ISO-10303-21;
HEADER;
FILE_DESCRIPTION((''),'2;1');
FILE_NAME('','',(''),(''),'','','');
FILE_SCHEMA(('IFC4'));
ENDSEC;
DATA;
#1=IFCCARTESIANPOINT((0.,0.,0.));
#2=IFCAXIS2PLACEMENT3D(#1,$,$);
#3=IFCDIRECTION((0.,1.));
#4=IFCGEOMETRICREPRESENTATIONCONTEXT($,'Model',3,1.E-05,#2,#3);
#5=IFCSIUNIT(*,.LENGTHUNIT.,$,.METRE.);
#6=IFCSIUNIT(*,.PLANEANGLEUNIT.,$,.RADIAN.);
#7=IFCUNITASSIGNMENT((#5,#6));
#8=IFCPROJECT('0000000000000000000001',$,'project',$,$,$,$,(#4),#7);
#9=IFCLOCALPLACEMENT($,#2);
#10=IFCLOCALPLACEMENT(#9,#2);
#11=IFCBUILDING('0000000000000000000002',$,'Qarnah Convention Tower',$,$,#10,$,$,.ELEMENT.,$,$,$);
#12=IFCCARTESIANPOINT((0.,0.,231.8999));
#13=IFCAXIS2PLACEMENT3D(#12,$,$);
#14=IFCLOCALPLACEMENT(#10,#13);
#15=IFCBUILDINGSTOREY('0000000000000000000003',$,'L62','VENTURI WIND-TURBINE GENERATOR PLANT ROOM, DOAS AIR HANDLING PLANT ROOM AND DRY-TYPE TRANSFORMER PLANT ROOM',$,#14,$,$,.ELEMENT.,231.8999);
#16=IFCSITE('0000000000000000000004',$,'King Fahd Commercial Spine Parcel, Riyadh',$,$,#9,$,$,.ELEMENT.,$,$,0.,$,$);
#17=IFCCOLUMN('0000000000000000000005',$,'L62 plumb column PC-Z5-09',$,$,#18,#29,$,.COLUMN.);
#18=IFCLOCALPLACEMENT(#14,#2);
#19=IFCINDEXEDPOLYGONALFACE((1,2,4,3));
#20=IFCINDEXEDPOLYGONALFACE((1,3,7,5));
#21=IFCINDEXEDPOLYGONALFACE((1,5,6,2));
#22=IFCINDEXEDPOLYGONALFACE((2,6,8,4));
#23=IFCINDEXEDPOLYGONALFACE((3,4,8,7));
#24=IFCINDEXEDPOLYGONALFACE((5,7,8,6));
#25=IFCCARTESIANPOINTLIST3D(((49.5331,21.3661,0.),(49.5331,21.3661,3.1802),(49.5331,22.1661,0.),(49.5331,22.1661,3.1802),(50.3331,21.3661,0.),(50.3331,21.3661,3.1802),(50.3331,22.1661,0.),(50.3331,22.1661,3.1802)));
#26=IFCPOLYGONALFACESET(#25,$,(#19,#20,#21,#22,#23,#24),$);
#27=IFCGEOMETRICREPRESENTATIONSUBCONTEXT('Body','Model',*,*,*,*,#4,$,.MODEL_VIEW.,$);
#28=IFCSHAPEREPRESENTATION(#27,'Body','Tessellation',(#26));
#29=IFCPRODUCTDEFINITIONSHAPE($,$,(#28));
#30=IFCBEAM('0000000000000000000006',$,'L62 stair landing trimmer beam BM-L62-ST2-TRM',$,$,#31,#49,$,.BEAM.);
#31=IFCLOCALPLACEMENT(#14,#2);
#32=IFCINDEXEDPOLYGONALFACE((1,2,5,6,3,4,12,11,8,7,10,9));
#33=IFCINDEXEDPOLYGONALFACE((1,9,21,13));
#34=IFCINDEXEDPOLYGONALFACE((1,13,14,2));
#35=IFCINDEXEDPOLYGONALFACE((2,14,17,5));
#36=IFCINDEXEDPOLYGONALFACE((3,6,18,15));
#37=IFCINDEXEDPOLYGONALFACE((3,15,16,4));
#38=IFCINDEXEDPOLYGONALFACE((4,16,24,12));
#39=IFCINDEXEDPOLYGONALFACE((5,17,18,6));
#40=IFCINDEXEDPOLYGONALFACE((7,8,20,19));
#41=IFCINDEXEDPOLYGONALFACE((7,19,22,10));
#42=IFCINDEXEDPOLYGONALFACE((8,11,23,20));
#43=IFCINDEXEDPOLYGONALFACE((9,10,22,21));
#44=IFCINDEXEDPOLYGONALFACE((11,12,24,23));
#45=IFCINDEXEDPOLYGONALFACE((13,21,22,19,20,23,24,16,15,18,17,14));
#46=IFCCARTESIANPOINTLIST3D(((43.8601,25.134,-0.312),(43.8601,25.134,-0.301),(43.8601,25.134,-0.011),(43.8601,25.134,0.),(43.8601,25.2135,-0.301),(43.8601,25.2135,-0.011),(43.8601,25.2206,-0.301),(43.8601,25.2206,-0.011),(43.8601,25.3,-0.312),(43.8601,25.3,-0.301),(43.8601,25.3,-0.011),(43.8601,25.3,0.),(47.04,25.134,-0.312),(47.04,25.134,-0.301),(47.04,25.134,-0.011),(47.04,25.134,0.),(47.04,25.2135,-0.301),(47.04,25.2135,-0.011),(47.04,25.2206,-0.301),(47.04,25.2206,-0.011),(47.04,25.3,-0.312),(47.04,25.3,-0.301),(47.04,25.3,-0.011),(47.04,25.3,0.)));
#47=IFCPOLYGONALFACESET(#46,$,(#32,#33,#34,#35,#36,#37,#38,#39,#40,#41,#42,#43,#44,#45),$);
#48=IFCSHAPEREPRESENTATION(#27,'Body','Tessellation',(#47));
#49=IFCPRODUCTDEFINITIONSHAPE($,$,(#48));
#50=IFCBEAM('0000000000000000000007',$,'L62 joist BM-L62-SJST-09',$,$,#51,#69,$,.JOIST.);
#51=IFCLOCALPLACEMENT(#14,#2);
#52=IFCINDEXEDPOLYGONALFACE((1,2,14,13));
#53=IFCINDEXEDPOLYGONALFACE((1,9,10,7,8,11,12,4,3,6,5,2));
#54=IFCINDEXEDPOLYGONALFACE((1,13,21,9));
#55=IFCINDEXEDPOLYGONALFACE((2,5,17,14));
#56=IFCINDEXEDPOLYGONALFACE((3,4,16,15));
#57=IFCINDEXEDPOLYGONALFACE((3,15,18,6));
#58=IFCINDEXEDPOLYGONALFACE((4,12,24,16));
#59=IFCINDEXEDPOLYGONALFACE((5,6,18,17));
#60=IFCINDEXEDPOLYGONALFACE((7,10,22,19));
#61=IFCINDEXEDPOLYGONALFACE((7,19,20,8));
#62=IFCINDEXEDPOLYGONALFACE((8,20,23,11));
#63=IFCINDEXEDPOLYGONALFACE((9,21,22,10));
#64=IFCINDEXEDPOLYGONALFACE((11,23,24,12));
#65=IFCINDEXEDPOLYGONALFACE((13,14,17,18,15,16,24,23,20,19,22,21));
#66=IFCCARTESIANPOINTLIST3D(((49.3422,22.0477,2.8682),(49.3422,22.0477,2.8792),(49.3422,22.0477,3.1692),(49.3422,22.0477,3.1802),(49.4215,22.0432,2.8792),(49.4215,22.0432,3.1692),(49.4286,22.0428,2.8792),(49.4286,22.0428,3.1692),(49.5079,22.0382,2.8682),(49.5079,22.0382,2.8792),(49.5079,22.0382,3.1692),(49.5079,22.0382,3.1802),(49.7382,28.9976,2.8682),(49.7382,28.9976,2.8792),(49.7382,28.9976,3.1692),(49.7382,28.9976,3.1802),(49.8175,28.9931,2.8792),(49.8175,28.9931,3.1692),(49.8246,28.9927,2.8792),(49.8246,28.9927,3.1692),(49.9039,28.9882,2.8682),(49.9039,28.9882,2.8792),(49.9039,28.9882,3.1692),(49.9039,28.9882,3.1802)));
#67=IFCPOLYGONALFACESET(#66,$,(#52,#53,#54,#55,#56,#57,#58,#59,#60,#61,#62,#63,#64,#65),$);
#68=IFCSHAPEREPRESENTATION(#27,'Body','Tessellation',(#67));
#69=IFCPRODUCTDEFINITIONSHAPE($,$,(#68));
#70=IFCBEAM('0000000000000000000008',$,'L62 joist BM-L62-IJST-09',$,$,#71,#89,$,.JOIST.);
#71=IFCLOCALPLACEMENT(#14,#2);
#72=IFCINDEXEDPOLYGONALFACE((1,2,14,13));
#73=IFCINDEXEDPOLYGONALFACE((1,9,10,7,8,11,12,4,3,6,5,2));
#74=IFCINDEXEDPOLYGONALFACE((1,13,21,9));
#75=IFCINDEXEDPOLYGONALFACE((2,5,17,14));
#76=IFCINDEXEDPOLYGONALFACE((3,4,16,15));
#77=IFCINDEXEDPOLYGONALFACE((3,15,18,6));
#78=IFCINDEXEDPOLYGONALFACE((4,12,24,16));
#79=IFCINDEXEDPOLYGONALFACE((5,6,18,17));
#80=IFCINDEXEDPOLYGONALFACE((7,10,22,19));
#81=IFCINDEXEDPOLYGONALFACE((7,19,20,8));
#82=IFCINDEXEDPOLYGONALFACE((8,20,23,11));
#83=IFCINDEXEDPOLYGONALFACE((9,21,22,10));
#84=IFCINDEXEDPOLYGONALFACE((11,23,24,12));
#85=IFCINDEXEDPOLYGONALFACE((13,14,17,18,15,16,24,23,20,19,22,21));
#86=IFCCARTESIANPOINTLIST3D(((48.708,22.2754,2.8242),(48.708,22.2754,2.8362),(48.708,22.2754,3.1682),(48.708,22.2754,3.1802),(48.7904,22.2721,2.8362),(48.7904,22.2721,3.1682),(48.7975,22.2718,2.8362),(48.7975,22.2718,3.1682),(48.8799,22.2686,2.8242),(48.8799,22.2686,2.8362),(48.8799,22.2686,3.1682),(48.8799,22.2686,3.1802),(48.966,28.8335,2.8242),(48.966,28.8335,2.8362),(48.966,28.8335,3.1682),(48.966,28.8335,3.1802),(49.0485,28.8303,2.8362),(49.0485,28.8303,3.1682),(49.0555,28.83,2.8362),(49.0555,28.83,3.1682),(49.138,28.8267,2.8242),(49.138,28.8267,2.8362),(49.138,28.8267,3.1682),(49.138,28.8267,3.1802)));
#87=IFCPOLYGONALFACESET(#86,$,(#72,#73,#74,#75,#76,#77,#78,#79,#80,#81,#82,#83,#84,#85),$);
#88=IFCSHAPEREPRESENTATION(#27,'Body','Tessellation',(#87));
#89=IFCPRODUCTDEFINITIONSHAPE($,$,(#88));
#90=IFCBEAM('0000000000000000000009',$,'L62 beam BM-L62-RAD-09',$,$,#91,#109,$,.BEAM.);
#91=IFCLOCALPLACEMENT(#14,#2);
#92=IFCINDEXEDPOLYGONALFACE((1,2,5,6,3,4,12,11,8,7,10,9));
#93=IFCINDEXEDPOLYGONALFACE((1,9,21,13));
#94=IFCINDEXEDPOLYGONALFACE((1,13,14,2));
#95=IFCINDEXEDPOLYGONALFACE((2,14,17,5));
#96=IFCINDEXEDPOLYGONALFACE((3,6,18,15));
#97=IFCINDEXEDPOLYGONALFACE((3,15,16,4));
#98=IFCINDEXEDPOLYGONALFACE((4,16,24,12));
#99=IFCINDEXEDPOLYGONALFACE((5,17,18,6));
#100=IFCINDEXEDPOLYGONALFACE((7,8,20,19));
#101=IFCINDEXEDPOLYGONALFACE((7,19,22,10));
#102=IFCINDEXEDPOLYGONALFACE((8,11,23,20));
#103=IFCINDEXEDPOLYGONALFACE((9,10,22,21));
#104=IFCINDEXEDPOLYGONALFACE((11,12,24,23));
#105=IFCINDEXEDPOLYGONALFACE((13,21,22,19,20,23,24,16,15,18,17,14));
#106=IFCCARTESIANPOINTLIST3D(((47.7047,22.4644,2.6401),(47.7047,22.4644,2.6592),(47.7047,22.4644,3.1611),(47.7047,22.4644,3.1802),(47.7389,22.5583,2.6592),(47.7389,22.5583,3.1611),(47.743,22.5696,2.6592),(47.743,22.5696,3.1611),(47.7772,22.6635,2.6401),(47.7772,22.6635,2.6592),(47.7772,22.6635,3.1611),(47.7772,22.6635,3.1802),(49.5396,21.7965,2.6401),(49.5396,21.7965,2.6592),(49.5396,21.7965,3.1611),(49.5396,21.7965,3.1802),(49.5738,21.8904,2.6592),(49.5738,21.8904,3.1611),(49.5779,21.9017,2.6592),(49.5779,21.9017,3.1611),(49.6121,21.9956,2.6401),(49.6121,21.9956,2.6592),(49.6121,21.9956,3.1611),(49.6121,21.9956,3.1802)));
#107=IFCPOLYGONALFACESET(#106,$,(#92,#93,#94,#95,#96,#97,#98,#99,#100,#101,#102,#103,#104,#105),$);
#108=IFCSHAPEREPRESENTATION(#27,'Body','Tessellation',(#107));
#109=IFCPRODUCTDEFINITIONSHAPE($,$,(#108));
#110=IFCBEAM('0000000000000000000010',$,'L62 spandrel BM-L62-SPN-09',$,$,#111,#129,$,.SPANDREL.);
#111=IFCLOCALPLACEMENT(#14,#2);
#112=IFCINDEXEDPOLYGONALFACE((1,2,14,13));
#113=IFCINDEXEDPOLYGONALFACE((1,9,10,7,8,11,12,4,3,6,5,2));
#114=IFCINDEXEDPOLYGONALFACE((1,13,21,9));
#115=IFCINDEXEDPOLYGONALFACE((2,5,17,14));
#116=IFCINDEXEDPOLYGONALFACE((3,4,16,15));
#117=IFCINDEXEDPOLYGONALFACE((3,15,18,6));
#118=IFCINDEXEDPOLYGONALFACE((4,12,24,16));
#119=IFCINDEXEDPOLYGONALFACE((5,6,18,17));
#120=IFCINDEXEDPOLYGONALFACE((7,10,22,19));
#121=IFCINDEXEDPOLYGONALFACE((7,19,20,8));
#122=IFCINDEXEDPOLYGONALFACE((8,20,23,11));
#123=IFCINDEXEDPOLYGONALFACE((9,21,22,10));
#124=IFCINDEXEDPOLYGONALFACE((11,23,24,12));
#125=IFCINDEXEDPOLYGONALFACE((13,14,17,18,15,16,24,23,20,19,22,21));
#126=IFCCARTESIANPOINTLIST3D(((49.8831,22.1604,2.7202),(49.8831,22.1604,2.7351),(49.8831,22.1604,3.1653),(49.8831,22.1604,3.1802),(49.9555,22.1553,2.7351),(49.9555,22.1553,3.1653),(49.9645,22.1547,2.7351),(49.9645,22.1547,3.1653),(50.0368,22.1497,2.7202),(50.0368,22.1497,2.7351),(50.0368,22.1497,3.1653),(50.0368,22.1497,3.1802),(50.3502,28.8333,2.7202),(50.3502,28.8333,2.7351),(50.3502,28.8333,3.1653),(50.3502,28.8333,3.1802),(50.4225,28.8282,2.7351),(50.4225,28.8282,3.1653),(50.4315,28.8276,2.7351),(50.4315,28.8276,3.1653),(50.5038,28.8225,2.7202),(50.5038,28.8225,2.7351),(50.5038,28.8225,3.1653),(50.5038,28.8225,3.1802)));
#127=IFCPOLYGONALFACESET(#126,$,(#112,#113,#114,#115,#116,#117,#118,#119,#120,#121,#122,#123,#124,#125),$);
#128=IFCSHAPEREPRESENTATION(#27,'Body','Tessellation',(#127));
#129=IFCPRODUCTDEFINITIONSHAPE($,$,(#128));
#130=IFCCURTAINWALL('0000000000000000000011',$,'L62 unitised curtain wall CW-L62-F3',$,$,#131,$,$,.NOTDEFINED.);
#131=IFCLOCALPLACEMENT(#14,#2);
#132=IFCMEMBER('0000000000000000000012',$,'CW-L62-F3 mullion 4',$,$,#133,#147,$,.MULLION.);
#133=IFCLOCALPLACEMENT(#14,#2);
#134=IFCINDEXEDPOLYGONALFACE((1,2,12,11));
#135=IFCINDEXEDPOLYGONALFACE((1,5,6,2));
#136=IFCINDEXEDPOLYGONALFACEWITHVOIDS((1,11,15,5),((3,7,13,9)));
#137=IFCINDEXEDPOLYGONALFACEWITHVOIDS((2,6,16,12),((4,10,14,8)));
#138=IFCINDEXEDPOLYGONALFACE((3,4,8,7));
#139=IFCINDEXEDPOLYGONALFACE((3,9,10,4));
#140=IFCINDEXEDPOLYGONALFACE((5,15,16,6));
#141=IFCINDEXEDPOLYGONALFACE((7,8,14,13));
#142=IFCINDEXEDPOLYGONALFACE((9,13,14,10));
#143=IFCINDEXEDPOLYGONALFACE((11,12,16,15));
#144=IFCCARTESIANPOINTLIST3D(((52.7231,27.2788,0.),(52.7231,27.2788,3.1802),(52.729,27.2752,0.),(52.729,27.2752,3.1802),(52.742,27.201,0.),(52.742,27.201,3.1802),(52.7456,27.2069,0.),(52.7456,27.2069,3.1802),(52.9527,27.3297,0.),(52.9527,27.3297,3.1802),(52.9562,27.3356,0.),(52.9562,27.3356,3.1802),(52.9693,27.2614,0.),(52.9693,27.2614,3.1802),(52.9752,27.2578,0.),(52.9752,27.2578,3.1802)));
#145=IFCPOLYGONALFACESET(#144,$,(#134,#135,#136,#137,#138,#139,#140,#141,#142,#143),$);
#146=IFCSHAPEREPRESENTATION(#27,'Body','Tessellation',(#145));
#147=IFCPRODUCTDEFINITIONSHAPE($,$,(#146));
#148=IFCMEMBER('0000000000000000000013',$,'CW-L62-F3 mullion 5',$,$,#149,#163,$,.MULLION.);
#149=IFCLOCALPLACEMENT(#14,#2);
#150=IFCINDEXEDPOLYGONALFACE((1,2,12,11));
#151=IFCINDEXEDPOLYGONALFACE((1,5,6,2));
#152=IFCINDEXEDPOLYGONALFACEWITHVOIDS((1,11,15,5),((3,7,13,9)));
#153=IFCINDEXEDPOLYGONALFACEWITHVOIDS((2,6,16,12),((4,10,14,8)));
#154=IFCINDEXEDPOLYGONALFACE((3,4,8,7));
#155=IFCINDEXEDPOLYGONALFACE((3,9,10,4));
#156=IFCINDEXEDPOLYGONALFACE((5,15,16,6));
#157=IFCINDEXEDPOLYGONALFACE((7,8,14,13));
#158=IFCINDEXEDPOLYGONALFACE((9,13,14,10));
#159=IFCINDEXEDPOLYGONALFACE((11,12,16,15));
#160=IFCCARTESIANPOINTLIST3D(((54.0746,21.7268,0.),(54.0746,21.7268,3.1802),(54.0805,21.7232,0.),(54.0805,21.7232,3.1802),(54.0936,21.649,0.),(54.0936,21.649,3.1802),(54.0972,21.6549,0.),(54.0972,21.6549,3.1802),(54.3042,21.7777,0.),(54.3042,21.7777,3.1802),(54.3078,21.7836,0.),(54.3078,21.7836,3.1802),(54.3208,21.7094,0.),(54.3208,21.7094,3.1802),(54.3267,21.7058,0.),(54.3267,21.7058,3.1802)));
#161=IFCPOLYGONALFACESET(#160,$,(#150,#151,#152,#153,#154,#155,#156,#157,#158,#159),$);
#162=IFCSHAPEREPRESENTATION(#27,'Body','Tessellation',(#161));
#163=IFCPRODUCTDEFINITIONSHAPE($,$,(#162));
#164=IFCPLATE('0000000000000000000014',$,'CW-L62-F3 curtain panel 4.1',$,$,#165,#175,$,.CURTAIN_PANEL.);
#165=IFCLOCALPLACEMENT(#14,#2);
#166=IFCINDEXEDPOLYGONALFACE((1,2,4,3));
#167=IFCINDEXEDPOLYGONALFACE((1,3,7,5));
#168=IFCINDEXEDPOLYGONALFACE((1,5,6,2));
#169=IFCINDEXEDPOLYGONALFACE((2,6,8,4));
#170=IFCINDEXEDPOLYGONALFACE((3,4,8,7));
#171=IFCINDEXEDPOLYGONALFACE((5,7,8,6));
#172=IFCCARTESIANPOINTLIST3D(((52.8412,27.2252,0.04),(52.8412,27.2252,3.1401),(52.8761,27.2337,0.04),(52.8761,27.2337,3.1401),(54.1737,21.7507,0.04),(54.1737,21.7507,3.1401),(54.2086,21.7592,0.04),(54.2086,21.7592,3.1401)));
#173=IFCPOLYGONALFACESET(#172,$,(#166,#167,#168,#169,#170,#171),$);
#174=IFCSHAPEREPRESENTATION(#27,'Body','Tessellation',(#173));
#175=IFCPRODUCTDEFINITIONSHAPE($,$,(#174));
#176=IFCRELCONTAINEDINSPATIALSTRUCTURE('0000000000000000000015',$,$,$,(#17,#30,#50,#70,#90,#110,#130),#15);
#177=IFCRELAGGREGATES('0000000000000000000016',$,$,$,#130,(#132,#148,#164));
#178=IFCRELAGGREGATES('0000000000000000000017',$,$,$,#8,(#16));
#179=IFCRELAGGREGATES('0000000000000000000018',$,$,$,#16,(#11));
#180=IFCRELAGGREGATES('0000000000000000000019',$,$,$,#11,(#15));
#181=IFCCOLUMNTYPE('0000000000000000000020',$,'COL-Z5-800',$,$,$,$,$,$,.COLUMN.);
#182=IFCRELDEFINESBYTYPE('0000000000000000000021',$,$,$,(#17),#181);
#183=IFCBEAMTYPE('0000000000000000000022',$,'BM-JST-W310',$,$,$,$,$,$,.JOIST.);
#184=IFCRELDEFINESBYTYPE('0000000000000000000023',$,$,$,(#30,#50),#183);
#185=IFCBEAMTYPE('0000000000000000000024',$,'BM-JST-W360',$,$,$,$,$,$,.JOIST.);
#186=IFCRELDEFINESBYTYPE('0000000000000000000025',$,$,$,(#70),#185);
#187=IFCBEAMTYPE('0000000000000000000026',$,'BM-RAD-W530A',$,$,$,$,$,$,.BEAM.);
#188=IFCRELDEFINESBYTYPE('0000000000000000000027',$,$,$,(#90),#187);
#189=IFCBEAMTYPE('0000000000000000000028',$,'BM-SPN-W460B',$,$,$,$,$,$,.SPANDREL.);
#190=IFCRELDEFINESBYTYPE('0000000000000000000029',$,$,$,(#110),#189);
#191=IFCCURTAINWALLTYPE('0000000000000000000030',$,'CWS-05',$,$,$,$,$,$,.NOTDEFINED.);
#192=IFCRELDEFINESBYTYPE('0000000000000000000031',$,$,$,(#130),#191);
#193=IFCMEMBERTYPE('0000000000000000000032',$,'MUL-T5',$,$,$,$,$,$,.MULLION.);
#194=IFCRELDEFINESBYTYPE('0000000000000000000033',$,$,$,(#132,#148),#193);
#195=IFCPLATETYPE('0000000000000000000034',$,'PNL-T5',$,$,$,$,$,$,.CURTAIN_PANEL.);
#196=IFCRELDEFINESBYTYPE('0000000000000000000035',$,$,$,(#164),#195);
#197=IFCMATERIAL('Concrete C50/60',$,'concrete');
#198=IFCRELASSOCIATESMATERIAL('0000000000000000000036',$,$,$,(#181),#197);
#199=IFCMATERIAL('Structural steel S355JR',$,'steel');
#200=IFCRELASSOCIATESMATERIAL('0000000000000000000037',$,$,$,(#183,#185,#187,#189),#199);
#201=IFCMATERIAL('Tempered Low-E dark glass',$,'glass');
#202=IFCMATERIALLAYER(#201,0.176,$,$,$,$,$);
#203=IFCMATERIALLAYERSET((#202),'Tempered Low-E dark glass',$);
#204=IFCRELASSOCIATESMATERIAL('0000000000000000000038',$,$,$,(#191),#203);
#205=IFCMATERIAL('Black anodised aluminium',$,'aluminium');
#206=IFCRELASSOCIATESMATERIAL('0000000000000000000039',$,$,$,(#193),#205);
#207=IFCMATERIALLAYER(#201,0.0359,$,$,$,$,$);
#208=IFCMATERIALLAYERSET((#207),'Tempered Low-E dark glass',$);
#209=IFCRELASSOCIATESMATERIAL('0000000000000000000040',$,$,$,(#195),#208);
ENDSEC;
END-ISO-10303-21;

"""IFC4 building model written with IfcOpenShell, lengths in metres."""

from ifc_helpers import new_model, si_unit, direction, frame, origin, origin_2d, place, context, subcontext, project, spatial, rectangle, hollow_rectangle, i_section, extrude, material, layer, layer_set, material_profile, profile_set, type_object, element, aggregate, save


model = new_model("IFC4")

# Units and contexts
model_context = context("Model", 3, precision=1e-05, world=origin(), true_north=direction((0.0, 1.0)))
body_context = subcontext(model_context, "Body", "Model", "MODEL_VIEW")
ifc_project = project(units=[si_unit("LENGTHUNIT", "METRE"), si_unit("PLANEANGLEUNIT", "RADIAN")], contexts=[model_context])

# Site, building, storey
site_placement = place(None, origin())
site = spatial("IfcSite", under=ifc_project, at=site_placement, Name="King Fahd Commercial Spine Parcel, Riyadh", CompositionType="ELEMENT", RefElevation=0.0)
building_placement = place(site_placement, origin())
building = spatial("IfcBuilding", under=site, at=building_placement, Name="Qarnah Convention Tower", CompositionType="ELEMENT")
storey_placement = place(building_placement, frame((0.0, 0.0, 231.8999)))
storey = spatial("IfcBuildingStorey", under=building, at=storey_placement, Name="L62", Description="VENTURI WIND-TURBINE GENERATOR PLANT ROOM, DOAS AIR HANDLING PLANT ROOM AND DRY-TYPE TRANSFORMER PLANT ROOM", CompositionType="ELEMENT", Elevation=231.8999)

# Column
ifc_material_1 = material(Name="Concrete C50/60", Category="concrete")
ifc_material_profile_1 = material_profile(ifc_material_1, rectangle(XDim=0.8, YDim=0.8, at=origin_2d()), Name="RC-COL-800X800")
ifc_profile_set_1 = profile_set([ifc_material_profile_1], Name="Concrete C50/60")
column_type = type_object("IfcColumnType", Name="COL-Z5-800", PredefinedType="COLUMN", material=ifc_profile_set_1)
column_placement = place(storey_placement, frame((49.9331, 21.7661, 0.0), z_axis=(0.0, 0.0, 1.0), x_axis=(1.0, 0.0, 0.0)))
element("IfcColumn", 1, at=column_placement, inside=storey, type_object=column_type, Name="L62 plumb column PC-Z5-09", PredefinedType="COLUMN", context=body_context, shape_type="SweptSolid", body=[
    extrude(rectangle(XDim=0.8, YDim=0.8, at=origin_2d()), origin(), (0.0, 0.0, 1.0), 3.1802),
])

# Beams
ifc_material_2 = material(Name="Structural steel S355JR", Category="steel")
ifc_material_profile_2 = material_profile(ifc_material_2, i_section(OverallWidth=0.166, OverallDepth=0.312, WebThickness=0.0071, FlangeThickness=0.011, at=origin_2d()), Name="W310X45")
ifc_profile_set_2 = profile_set([ifc_material_profile_2], Name="Structural steel S355JR")
beam_type_1 = type_object("IfcBeamType", Name="BM-JST-W310", PredefinedType="JOIST", material=ifc_profile_set_2)
beam_1_placement = place(storey_placement, frame((43.8601, 25.217, -0.156), z_axis=(1.0, 0.0, 0.0), x_axis=(0.0, 1.0, 0.0)))
element("IfcBeam", 2, at=beam_1_placement, inside=storey, type_object=beam_type_1, Name="L62 stair landing trimmer beam BM-L62-ST2-TRM", PredefinedType="BEAM", context=body_context, shape_type="SweptSolid", body=[
    extrude(i_section(OverallWidth=0.166, OverallDepth=0.312, WebThickness=0.0071, FlangeThickness=0.011, at=origin_2d()), origin(), (0.0, 0.0, 1.0), 3.1799),
])
beam_2_placement = place(storey_placement, frame((49.425, 22.043, 3.0242), z_axis=(0.056886, 0.998381, 0.0), x_axis=(-0.998381, 0.056886, 0.0)))
element("IfcBeam", 3, at=beam_2_placement, inside=storey, type_object=beam_type_1, Name="L62 joist BM-L62-SJST-09", PredefinedType="JOIST", context=body_context, shape_type="SweptSolid", body=[
    extrude(i_section(OverallWidth=0.166, OverallDepth=0.312, WebThickness=0.0071, FlangeThickness=0.011, at=origin_2d()), origin(), (0.0, 0.0, 1.0), 6.9612),
])
ifc_material_profile_3 = material_profile(ifc_material_2, i_section(OverallWidth=0.1721, OverallDepth=0.356, WebThickness=0.0071, FlangeThickness=0.012, at=origin_2d()), Name="W360X51")
ifc_profile_set_3 = profile_set([ifc_material_profile_3], Name="Structural steel S355JR")
beam_type_2 = type_object("IfcBeamType", Name="BM-JST-W360", PredefinedType="JOIST", material=ifc_profile_set_3)
beam_3_placement = place(storey_placement, frame((48.7939, 22.272, 3.0022), z_axis=(0.039319, 0.999227, 0.0), x_axis=(-0.999227, 0.039319, 0.0)))
element("IfcBeam", 4, at=beam_3_placement, inside=storey, type_object=beam_type_2, Name="L62 joist BM-L62-IJST-09", PredefinedType="JOIST", context=body_context, shape_type="SweptSolid", body=[
    extrude(i_section(OverallWidth=0.1721, OverallDepth=0.356, WebThickness=0.0071, FlangeThickness=0.012, at=origin_2d()), origin(), (0.0, 0.0, 1.0), 6.5632),
])
ifc_material_profile_4 = material_profile(ifc_material_2, i_section(OverallWidth=0.2119, OverallDepth=0.54, WebThickness=0.012, FlangeThickness=0.019, at=origin_2d()), Name="W530X109")
ifc_profile_set_4 = profile_set([ifc_material_profile_4], Name="Structural steel S355JR")
beam_type_3 = type_object("IfcBeamType", Name="BM-RAD-W530A", PredefinedType="BEAM", material=ifc_profile_set_4)
beam_4_placement = place(storey_placement, frame((47.741, 22.564, 2.9102), z_axis=(0.939677, -0.342064, 0.0), x_axis=(0.342064, 0.939677, 0.0)))
element("IfcBeam", 5, at=beam_4_placement, inside=storey, type_object=beam_type_3, Name="L62 beam BM-L62-RAD-09", PredefinedType="BEAM", context=body_context, shape_type="SweptSolid", body=[
    extrude(i_section(OverallWidth=0.2119, OverallDepth=0.54, WebThickness=0.012, FlangeThickness=0.019, at=origin_2d()), origin(), (0.0, 0.0, 1.0), 1.9526),
])
ifc_material_profile_5 = material_profile(ifc_material_2, i_section(OverallWidth=0.1541, OverallDepth=0.46, WebThickness=0.009, FlangeThickness=0.0149, at=origin_2d()), Name="W460X68")
ifc_profile_set_5 = profile_set([ifc_material_profile_5], Name="Structural steel S355JR")
beam_type_4 = type_object("IfcBeamType", Name="BM-SPN-W460B", PredefinedType="SPANDREL", material=ifc_profile_set_5)
beam_5_placement = place(storey_placement, frame((49.96, 22.155, 2.9502), z_axis=(0.06982, 0.99756, 0.0), x_axis=(-0.99756, 0.06982, 0.0)))
element("IfcBeam", 6, at=beam_5_placement, inside=storey, type_object=beam_type_4, Name="L62 spandrel BM-L62-SPN-09", PredefinedType="SPANDREL", context=body_context, shape_type="SweptSolid", body=[
    extrude(i_section(OverallWidth=0.1541, OverallDepth=0.46, WebThickness=0.009, FlangeThickness=0.0149, at=origin_2d()), origin(), (0.0, 0.0, 1.0), 6.6892),
])

# Curtain wall, members, plate
ifc_material_3 = material(Name="Tempered Low-E dark glass", Category="glass")
ifc_layer_1 = layer(ifc_material_3, 0.176)
ifc_layer_set_1 = layer_set([ifc_layer_1], Name="Tempered Low-E dark glass")
curtain_wall_type = type_object("IfcCurtainWallType", Name="CWS-05", PredefinedType="NOTDEFINED", material=ifc_layer_set_1)
curtain_wall_placement = place(storey_placement, origin())
curtain_wall = element("IfcCurtainWall", 7, at=curtain_wall_placement, inside=storey, type_object=curtain_wall_type, Name="L62 unitised curtain wall CW-L62-F3", PredefinedType="NOTDEFINED")
ifc_material_4 = material(Name="Black anodised aluminium", Category="aluminium")
ifc_material_profile_6 = material_profile(ifc_material_4, hollow_rectangle(XDim=0.0801, YDim=0.24, WallThickness=0.0049, at=origin_2d()), Name="MUL-80X240")
ifc_profile_set_6 = profile_set([ifc_material_profile_6], Name="Black anodised aluminium")
member_type = type_object("IfcMemberType", Name="MUL-T5", PredefinedType="MULLION", material=ifc_profile_set_6)
member_1_placement = place(storey_placement, frame((52.8491, 27.2683, 0.0), z_axis=(0.0, 0.0, 1.0), x_axis=(0.236494, -0.971633, 0.0)))
member_1 = element("IfcMember", 8, at=member_1_placement, type_object=member_type, Name="CW-L62-F3 mullion 4", PredefinedType="MULLION", context=body_context, shape_type="SweptSolid", body=[
    extrude(hollow_rectangle(XDim=0.0801, YDim=0.24, WallThickness=0.0049, at=origin_2d()), origin(), (0.0, 0.0, 1.0), 3.1802),
])
member_2_placement = place(storey_placement, frame((54.2007, 21.7163, 0.0), z_axis=(0.0, 0.0, 1.0), x_axis=(0.236494, -0.971633, 0.0)))
member_2 = element("IfcMember", 9, at=member_2_placement, type_object=member_type, Name="CW-L62-F3 mullion 5", PredefinedType="MULLION", context=body_context, shape_type="SweptSolid", body=[
    extrude(hollow_rectangle(XDim=0.0801, YDim=0.24, WallThickness=0.0049, at=origin_2d()), origin(), (0.0, 0.0, 1.0), 3.1802),
])
ifc_layer_2 = layer(ifc_material_3, 0.0359)
ifc_layer_set_2 = layer_set([ifc_layer_2], Name="Tempered Low-E dark glass")
plate_type = type_object("IfcPlateType", Name="PNL-T5", PredefinedType="CURTAIN_PANEL", material=ifc_layer_set_2)
plate_placement = place(storey_placement, frame((53.5249, 24.4922, 0.04), z_axis=(0.0, 0.0, 1.0), x_axis=(0.236494, -0.971633, 0.0)))
plate = element("IfcPlate", 10, at=plate_placement, type_object=plate_type, Name="CW-L62-F3 curtain panel 4.1", PredefinedType="CURTAIN_PANEL", context=body_context, shape_type="SweptSolid", body=[
    extrude(rectangle(XDim=5.6343, YDim=0.0359, at=origin_2d()), origin(), (0.0, 0.0, 1.0), 3.1001),
])
aggregate(curtain_wall, [member_1, member_2, plate])

save(model, "model.ifc")
